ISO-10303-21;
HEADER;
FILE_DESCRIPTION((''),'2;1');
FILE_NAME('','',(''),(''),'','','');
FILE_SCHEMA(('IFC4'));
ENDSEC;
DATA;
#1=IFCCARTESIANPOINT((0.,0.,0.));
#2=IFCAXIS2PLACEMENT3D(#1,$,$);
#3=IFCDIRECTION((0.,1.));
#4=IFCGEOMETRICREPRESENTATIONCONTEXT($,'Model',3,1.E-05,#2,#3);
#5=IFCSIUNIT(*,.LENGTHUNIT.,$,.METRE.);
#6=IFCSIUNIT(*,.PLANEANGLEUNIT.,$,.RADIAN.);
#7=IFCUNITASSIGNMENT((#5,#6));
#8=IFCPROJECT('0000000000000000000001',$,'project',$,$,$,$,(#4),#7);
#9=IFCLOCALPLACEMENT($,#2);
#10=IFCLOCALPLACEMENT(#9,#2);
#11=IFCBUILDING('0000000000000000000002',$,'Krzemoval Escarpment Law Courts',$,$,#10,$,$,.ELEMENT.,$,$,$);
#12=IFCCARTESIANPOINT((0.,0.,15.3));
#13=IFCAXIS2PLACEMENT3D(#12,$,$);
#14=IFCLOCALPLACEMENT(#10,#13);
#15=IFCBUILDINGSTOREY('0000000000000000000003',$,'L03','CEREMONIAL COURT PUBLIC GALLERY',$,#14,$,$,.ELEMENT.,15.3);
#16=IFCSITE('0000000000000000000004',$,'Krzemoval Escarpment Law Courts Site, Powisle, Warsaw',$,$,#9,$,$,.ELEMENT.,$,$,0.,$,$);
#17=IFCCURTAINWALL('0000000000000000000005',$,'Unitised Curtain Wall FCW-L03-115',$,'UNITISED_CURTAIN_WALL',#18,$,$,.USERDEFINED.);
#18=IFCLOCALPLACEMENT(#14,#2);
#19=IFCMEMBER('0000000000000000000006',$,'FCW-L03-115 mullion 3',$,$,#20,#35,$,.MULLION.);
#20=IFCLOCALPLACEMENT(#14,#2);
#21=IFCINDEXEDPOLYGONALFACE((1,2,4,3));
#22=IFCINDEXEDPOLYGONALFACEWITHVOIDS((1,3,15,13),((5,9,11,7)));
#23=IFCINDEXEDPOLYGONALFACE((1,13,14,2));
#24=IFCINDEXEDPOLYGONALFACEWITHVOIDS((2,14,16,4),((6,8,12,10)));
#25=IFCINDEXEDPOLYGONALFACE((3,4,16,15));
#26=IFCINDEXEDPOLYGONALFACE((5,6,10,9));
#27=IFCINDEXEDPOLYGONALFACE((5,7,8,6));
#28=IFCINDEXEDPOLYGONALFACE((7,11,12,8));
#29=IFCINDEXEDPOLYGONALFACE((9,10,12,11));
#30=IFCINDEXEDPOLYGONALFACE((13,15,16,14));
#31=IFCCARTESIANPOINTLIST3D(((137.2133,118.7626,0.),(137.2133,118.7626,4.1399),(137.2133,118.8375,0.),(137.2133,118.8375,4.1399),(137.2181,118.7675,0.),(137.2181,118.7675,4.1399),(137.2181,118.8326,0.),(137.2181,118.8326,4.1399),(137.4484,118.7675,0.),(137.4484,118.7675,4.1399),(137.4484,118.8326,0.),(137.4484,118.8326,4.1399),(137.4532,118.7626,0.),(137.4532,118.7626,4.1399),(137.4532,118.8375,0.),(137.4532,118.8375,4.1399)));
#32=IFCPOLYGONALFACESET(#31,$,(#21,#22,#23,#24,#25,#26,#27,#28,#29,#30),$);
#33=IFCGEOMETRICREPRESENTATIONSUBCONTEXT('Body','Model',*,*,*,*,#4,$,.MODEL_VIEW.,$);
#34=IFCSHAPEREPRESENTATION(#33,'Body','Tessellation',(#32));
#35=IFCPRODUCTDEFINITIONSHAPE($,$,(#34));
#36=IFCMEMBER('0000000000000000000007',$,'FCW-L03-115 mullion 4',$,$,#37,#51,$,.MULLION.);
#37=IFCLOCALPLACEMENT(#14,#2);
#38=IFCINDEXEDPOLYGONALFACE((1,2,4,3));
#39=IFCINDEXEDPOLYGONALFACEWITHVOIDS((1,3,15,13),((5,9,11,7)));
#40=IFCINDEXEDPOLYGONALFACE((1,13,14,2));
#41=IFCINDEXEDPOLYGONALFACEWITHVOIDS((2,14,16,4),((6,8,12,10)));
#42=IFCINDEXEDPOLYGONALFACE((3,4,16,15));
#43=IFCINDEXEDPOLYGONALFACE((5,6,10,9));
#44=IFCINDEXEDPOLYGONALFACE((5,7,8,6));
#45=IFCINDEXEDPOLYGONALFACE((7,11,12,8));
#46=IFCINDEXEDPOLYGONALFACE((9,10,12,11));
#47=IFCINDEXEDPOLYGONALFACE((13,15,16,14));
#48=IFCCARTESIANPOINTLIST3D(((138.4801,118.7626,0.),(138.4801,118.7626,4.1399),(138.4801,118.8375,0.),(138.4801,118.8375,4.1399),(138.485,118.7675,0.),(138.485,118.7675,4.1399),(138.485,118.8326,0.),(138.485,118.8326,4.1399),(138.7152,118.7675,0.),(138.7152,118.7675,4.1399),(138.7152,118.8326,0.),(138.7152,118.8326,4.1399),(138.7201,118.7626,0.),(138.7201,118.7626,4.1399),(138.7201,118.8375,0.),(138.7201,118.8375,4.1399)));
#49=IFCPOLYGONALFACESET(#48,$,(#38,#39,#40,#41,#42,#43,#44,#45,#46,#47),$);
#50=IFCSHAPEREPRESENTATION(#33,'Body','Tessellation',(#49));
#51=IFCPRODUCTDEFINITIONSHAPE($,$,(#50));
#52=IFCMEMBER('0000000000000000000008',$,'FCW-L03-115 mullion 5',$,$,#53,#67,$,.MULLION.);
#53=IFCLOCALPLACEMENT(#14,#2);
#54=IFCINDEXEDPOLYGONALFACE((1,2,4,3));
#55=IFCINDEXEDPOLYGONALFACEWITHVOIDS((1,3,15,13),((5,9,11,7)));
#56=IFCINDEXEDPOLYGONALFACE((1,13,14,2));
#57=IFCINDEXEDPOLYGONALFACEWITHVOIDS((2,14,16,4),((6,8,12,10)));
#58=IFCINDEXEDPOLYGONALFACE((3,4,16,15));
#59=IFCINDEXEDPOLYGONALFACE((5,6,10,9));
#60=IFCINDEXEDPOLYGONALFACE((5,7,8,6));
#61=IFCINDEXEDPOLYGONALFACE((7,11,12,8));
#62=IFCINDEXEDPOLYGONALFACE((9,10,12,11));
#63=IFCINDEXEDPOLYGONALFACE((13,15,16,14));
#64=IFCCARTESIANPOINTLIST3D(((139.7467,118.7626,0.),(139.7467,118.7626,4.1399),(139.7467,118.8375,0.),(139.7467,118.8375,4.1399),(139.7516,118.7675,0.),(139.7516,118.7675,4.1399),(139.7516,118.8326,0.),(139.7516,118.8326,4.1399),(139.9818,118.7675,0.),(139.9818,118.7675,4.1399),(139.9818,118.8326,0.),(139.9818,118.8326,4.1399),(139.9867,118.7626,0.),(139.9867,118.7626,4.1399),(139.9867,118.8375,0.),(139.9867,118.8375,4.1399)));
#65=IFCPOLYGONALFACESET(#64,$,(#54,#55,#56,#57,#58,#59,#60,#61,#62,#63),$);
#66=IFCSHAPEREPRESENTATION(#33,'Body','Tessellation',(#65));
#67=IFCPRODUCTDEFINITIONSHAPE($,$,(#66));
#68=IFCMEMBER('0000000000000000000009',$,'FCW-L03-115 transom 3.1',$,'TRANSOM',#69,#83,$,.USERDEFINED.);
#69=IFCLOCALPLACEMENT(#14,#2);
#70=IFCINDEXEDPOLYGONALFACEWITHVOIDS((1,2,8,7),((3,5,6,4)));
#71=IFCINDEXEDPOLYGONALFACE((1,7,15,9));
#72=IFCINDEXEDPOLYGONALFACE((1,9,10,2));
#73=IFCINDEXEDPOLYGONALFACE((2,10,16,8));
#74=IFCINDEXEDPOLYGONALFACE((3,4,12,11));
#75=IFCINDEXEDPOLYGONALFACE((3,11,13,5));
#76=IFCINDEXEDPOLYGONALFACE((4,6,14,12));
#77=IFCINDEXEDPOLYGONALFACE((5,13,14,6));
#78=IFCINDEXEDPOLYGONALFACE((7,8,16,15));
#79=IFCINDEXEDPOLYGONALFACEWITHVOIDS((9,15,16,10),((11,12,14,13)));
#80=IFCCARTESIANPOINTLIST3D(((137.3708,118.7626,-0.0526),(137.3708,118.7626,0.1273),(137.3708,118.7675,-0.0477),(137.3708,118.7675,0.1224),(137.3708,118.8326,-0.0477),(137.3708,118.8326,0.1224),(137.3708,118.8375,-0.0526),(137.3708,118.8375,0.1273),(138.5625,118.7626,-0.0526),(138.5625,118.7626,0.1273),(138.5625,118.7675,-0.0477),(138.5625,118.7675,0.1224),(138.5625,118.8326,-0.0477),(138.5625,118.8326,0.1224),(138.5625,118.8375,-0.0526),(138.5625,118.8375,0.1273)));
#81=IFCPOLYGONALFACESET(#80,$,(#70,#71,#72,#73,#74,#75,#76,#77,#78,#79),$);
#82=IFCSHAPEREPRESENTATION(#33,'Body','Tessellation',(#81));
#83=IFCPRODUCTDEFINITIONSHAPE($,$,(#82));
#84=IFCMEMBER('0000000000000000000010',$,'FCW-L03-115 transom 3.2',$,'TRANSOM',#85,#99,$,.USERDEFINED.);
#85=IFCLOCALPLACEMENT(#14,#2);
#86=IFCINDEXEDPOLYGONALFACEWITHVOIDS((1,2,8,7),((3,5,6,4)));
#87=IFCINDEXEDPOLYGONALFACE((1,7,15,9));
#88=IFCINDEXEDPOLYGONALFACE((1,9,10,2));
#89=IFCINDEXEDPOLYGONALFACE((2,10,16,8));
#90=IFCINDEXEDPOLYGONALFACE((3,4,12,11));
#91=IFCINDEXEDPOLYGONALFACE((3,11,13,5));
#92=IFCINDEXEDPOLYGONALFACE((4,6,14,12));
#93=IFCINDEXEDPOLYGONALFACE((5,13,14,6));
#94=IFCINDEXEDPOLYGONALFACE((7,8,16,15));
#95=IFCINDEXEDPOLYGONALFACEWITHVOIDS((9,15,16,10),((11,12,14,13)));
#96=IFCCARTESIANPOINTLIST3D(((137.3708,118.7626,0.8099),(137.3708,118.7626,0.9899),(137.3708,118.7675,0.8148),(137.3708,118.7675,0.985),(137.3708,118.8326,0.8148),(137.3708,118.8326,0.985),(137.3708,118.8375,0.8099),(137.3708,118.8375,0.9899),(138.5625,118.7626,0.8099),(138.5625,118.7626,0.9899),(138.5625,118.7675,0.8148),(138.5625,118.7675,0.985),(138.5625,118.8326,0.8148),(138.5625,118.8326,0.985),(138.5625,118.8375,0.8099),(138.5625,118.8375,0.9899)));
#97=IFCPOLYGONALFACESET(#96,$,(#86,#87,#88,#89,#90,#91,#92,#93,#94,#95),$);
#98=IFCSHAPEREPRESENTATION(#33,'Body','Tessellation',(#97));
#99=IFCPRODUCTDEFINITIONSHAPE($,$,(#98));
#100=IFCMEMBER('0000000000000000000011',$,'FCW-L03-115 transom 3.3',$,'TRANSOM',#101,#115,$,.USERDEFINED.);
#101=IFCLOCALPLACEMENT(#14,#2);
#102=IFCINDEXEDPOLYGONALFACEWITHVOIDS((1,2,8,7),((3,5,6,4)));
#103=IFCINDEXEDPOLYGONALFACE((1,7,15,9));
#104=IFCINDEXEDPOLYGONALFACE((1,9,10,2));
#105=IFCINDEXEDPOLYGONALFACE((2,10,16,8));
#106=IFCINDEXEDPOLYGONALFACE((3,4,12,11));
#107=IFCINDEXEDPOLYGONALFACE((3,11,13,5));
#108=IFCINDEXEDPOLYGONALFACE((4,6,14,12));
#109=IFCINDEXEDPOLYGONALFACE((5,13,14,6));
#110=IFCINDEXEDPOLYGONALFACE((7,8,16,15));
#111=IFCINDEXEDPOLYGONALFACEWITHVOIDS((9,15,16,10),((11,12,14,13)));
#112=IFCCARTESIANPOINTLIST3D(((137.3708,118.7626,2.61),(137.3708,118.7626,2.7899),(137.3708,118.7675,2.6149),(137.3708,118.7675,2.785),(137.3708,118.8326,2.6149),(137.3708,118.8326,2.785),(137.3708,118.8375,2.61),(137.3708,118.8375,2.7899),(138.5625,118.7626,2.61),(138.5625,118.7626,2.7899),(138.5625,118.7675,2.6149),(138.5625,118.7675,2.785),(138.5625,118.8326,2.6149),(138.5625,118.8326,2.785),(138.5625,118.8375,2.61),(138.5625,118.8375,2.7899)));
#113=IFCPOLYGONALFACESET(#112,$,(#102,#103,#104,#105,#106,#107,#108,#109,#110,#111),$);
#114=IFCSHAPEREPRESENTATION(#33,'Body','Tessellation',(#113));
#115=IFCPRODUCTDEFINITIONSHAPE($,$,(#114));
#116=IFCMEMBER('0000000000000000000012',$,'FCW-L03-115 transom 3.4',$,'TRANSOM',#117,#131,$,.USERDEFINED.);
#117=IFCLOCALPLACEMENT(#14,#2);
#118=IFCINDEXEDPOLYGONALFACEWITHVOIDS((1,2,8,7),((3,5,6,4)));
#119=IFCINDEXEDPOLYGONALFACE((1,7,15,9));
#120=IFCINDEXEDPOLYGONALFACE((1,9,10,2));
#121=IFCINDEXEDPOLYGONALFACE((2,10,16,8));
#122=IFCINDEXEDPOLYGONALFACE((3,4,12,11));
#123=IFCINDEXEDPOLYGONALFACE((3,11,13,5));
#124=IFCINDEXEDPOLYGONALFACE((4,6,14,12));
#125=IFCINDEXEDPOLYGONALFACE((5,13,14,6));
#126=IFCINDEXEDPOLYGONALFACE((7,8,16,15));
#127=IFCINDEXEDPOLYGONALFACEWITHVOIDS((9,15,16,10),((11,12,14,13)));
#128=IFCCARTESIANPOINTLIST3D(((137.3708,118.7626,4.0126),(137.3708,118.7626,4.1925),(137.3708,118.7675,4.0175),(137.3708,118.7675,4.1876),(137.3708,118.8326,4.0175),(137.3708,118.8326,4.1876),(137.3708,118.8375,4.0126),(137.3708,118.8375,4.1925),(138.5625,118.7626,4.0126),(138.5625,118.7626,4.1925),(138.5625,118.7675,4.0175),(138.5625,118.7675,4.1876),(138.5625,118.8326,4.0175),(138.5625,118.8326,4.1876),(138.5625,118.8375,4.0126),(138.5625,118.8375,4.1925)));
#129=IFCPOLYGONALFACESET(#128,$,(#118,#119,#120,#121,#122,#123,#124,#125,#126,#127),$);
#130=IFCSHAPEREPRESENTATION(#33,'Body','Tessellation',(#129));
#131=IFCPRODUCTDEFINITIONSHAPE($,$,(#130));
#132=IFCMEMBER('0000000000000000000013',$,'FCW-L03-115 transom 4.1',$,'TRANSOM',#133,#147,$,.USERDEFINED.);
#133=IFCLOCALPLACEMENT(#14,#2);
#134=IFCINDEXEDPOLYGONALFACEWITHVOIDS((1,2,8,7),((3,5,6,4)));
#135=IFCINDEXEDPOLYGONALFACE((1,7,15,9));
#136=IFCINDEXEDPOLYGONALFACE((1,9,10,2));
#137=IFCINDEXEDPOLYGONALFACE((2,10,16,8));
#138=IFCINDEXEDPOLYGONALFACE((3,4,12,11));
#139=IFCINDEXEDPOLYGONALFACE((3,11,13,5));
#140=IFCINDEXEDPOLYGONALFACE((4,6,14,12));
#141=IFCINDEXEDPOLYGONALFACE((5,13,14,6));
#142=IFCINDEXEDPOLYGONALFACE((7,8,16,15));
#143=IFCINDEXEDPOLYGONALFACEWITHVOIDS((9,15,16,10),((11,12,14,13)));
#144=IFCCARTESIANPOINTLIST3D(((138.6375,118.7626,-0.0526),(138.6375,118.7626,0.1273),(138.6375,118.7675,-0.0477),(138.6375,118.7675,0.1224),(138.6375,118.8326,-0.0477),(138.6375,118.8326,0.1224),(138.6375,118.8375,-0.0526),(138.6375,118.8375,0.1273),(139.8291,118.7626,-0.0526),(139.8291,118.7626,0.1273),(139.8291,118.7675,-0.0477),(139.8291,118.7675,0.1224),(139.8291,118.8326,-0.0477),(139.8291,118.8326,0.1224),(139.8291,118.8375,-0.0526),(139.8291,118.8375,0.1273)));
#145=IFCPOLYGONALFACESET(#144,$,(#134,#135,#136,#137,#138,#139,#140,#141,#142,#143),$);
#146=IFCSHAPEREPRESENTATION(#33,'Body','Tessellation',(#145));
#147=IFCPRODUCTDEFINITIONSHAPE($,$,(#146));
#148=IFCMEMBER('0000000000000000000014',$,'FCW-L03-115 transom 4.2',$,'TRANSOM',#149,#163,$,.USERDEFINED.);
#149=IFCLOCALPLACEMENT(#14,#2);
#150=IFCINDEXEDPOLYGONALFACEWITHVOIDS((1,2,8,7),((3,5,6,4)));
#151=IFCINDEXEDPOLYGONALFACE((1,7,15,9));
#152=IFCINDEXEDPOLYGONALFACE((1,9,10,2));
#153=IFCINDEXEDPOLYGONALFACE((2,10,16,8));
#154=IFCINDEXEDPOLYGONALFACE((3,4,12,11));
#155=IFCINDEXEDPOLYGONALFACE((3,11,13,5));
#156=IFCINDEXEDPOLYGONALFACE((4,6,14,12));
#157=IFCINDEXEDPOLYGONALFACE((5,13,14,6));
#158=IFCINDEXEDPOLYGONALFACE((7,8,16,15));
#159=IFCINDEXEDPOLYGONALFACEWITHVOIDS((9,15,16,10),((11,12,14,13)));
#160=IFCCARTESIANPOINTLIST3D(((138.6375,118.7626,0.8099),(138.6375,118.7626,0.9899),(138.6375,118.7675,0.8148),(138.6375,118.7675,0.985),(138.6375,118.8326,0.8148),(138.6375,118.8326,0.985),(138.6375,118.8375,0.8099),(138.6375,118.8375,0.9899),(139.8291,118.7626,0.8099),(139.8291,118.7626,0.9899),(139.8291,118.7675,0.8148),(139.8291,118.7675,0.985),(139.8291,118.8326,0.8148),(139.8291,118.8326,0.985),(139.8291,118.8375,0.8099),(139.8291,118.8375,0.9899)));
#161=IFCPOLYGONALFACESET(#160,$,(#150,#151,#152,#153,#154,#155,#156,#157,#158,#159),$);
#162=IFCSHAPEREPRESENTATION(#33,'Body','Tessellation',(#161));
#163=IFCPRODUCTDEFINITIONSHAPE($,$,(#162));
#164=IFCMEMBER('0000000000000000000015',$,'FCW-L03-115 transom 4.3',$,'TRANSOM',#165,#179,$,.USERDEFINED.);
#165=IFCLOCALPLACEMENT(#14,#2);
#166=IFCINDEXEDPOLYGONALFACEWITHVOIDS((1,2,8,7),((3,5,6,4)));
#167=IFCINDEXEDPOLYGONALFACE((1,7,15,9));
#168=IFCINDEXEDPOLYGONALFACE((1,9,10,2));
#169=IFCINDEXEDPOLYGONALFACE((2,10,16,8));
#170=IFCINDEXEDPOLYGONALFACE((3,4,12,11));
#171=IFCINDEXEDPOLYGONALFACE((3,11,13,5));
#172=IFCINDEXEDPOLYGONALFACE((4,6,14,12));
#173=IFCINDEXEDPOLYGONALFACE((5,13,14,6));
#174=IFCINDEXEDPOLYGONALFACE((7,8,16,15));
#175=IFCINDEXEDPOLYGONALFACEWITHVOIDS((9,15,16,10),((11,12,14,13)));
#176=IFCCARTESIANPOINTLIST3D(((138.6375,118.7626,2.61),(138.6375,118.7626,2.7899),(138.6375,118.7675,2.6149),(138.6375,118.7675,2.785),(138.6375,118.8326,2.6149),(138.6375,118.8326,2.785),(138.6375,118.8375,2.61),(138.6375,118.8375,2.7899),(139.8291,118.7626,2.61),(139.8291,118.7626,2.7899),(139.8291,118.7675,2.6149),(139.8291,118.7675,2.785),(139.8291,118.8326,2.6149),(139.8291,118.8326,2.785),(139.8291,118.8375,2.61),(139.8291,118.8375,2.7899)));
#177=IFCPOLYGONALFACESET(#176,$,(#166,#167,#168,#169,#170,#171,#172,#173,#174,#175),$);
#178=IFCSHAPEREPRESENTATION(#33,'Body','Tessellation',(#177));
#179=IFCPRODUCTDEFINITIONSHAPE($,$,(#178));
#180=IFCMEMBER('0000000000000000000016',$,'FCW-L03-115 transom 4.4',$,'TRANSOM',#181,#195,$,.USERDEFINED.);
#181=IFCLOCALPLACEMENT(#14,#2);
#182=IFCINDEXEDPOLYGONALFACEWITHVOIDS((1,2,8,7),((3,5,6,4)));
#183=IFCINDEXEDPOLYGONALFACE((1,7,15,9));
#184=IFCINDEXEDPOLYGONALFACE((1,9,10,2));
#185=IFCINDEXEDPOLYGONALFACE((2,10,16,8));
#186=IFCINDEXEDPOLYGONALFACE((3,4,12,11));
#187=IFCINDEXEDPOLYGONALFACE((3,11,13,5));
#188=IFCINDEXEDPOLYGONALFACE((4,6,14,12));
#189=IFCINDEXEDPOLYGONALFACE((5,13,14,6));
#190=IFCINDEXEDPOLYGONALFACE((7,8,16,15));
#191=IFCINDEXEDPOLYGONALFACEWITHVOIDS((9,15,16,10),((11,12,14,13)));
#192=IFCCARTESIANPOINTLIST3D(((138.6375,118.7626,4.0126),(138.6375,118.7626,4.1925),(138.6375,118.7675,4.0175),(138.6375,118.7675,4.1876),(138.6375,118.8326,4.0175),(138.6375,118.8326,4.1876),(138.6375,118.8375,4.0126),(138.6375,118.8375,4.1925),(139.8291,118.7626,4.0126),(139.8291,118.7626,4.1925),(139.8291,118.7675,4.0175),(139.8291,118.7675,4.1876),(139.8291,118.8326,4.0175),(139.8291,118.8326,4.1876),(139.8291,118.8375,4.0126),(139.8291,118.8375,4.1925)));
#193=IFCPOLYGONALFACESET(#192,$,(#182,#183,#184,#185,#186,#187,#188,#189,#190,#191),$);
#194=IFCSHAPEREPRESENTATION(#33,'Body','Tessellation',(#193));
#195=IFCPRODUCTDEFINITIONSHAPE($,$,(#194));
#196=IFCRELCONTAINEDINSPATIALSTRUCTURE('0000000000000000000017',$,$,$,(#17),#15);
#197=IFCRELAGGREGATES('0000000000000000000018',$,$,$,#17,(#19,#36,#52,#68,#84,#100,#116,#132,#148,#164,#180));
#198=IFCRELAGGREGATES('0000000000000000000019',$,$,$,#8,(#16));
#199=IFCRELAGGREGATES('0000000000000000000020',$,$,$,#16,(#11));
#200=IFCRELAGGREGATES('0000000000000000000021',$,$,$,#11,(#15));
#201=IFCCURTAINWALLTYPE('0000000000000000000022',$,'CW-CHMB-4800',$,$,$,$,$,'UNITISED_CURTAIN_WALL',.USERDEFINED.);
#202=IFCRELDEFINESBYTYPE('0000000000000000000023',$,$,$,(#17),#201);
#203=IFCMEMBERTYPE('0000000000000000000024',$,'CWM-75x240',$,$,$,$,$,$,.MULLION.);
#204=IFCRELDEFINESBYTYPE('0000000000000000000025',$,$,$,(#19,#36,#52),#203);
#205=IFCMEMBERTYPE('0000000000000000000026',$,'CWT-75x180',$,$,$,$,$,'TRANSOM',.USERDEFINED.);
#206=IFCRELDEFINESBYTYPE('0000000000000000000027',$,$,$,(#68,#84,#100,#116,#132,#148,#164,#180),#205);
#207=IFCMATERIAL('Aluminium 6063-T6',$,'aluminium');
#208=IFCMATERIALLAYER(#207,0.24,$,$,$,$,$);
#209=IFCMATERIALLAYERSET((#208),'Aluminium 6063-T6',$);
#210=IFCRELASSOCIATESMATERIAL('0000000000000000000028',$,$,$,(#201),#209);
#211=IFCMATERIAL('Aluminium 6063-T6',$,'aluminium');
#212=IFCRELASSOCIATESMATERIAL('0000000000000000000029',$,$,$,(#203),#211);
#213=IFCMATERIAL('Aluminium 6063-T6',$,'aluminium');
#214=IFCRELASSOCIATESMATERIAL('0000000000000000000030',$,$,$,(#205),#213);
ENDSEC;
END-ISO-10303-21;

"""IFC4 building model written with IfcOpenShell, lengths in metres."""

from ifc_helpers import new_model, si_unit, direction, frame, origin, origin_2d, place, context, subcontext, project, spatial, hollow_rectangle, extrude, material, layer, layer_set, material_profile, profile_set, type_object, element, aggregate, save


model = new_model("IFC4")

# Units and contexts
model_context = context("Model", 3, precision=1e-05, world=origin(), true_north=direction((0.0, 1.0)))
body_context = subcontext(model_context, "Body", "Model", "MODEL_VIEW")
ifc_project = project(units=[si_unit("LENGTHUNIT", "METRE"), si_unit("PLANEANGLEUNIT", "RADIAN")], contexts=[model_context])

# Site, building, storey
site_placement = place(None, origin())
site = spatial("IfcSite", under=ifc_project, at=site_placement, Name="Krzemoval Escarpment Law Courts Site, Powisle, Warsaw", CompositionType="ELEMENT", RefElevation=0.0)
building_placement = place(site_placement, origin())
building = spatial("IfcBuilding", under=site, at=building_placement, Name="Krzemoval Escarpment Law Courts", CompositionType="ELEMENT")
storey_placement = place(building_placement, frame((0.0, 0.0, 15.3)))
storey = spatial("IfcBuildingStorey", under=building, at=storey_placement, Name="L03", Description="CEREMONIAL COURT PUBLIC GALLERY", CompositionType="ELEMENT", Elevation=15.3)

# Curtain wall, members
ifc_material_1 = material(Name="Aluminium 6063-T6", Category="aluminium")
ifc_layer_1 = layer(ifc_material_1, 0.24)
ifc_layer_set_1 = layer_set([ifc_layer_1], Name="Aluminium 6063-T6")
curtain_wall_type = type_object("IfcCurtainWallType", Name="CW-CHMB-4800", ElementType="UNITISED_CURTAIN_WALL", PredefinedType="USERDEFINED", material=ifc_layer_set_1)
curtain_wall_placement = place(storey_placement, origin())
curtain_wall = element("IfcCurtainWall", 1, at=curtain_wall_placement, inside=storey, type_object=curtain_wall_type, Name="Unitised Curtain Wall FCW-L03-115", ObjectType="UNITISED_CURTAIN_WALL", PredefinedType="USERDEFINED")
ifc_material_2 = material(Name="Aluminium 6063-T6", Category="aluminium")
ifc_material_profile_1 = material_profile(ifc_material_2, hollow_rectangle(XDim=0.075, YDim=0.24, WallThickness=0.0049, at=origin_2d()), Name="ALU M75x240")
ifc_profile_set_1 = profile_set([ifc_material_profile_1], Name="Aluminium 6063-T6")
member_type_1 = type_object("IfcMemberType", Name="CWM-75x240", PredefinedType="MULLION", material=ifc_profile_set_1)
member_1_placement = place(storey_placement, frame((137.3333, 118.8, 0.0), z_axis=(0.0, 0.0, 1.0), x_axis=(0.0, 1.0, 0.0)))
member_1 = element("IfcMember", 2, at=member_1_placement, type_object=member_type_1, Name="FCW-L03-115 mullion 3", PredefinedType="MULLION", context=body_context, shape_type="SweptSolid", body=[
    extrude(hollow_rectangle(XDim=0.075, YDim=0.24, WallThickness=0.0049, at=origin_2d()), origin(), (0.0, 0.0, 1.0), 4.1399),
])
member_2_placement = place(storey_placement, frame((138.6001, 118.8, 0.0), z_axis=(0.0, 0.0, 1.0), x_axis=(0.0, 1.0, 0.0)))
member_2 = element("IfcMember", 3, at=member_2_placement, type_object=member_type_1, Name="FCW-L03-115 mullion 4", PredefinedType="MULLION", context=body_context, shape_type="SweptSolid", body=[
    extrude(hollow_rectangle(XDim=0.075, YDim=0.24, WallThickness=0.0049, at=origin_2d()), origin(), (0.0, 0.0, 1.0), 4.1399),
])
member_3_placement = place(storey_placement, frame((139.8667, 118.8, 0.0), z_axis=(0.0, 0.0, 1.0), x_axis=(0.0, 1.0, 0.0)))
member_3 = element("IfcMember", 4, at=member_3_placement, type_object=member_type_1, Name="FCW-L03-115 mullion 5", PredefinedType="MULLION", context=body_context, shape_type="SweptSolid", body=[
    extrude(hollow_rectangle(XDim=0.075, YDim=0.24, WallThickness=0.0049, at=origin_2d()), origin(), (0.0, 0.0, 1.0), 4.1399),
])
ifc_material_3 = material(Name="Aluminium 6063-T6", Category="aluminium")
ifc_material_profile_2 = material_profile(ifc_material_3, hollow_rectangle(XDim=0.075, YDim=0.1799, WallThickness=0.0049, at=origin_2d()), Name="ALU T75x180")
ifc_profile_set_2 = profile_set([ifc_material_profile_2], Name="Aluminium 6063-T6")
member_type_2 = type_object("IfcMemberType", Name="CWT-75x180", ElementType="TRANSOM", PredefinedType="USERDEFINED", material=ifc_profile_set_2)
member_4_placement = place(storey_placement, frame((137.3708, 118.8, 0.0374), z_axis=(1.0, 0.0, 0.0), x_axis=(0.0, 1.0, 0.0)))
member_4 = element("IfcMember", 5, at=member_4_placement, type_object=member_type_2, Name="FCW-L03-115 transom 3.1", ObjectType="TRANSOM", PredefinedType="USERDEFINED", context=body_context, shape_type="SweptSolid", body=[
    extrude(hollow_rectangle(XDim=0.075, YDim=0.1799, WallThickness=0.0049, at=origin_2d()), origin(), (0.0, 0.0, 1.0), 1.1917),
])
member_5_placement = place(storey_placement, frame((137.3708, 118.8, 0.8999), z_axis=(1.0, 0.0, 0.0), x_axis=(0.0, 1.0, 0.0)))
member_5 = element("IfcMember", 6, at=member_5_placement, type_object=member_type_2, Name="FCW-L03-115 transom 3.2", ObjectType="TRANSOM", PredefinedType="USERDEFINED", context=body_context, shape_type="SweptSolid", body=[
    extrude(hollow_rectangle(XDim=0.075, YDim=0.1799, WallThickness=0.0049, at=origin_2d()), origin(), (0.0, 0.0, 1.0), 1.1917),
])
member_6_placement = place(storey_placement, frame((137.3708, 118.8, 2.7), z_axis=(1.0, 0.0, 0.0), x_axis=(0.0, 1.0, 0.0)))
member_6 = element("IfcMember", 7, at=member_6_placement, type_object=member_type_2, Name="FCW-L03-115 transom 3.3", ObjectType="TRANSOM", PredefinedType="USERDEFINED", context=body_context, shape_type="SweptSolid", body=[
    extrude(hollow_rectangle(XDim=0.075, YDim=0.1799, WallThickness=0.0049, at=origin_2d()), origin(), (0.0, 0.0, 1.0), 1.1917),
])
member_7_placement = place(storey_placement, frame((137.3708, 118.8, 4.1025), z_axis=(1.0, 0.0, 0.0), x_axis=(0.0, 1.0, 0.0)))
member_7 = element("IfcMember", 8, at=member_7_placement, type_object=member_type_2, Name="FCW-L03-115 transom 3.4", ObjectType="TRANSOM", PredefinedType="USERDEFINED", context=body_context, shape_type="SweptSolid", body=[
    extrude(hollow_rectangle(XDim=0.075, YDim=0.1799, WallThickness=0.0049, at=origin_2d()), origin(), (0.0, 0.0, 1.0), 1.1917),
])
member_8_placement = place(storey_placement, frame((138.6375, 118.8, 0.0374), z_axis=(1.0, 0.0, 0.0), x_axis=(0.0, 1.0, 0.0)))
member_8 = element("IfcMember", 9, at=member_8_placement, type_object=member_type_2, Name="FCW-L03-115 transom 4.1", ObjectType="TRANSOM", PredefinedType="USERDEFINED", context=body_context, shape_type="SweptSolid", body=[
    extrude(hollow_rectangle(XDim=0.075, YDim=0.1799, WallThickness=0.0049, at=origin_2d()), origin(), (0.0, 0.0, 1.0), 1.1917),
])
member_9_placement = place(storey_placement, frame((138.6375, 118.8, 0.8999), z_axis=(1.0, 0.0, 0.0), x_axis=(0.0, 1.0, 0.0)))
member_9 = element("IfcMember", 10, at=member_9_placement, type_object=member_type_2, Name="FCW-L03-115 transom 4.2", ObjectType="TRANSOM", PredefinedType="USERDEFINED", context=body_context, shape_type="SweptSolid", body=[
    extrude(hollow_rectangle(XDim=0.075, YDim=0.1799, WallThickness=0.0049, at=origin_2d()), origin(), (0.0, 0.0, 1.0), 1.1917),
])
member_10_placement = place(storey_placement, frame((138.6375, 118.8, 2.7), z_axis=(1.0, 0.0, 0.0), x_axis=(0.0, 1.0, 0.0)))
member_10 = element("IfcMember", 11, at=member_10_placement, type_object=member_type_2, Name="FCW-L03-115 transom 4.3", ObjectType="TRANSOM", PredefinedType="USERDEFINED", context=body_context, shape_type="SweptSolid", body=[
    extrude(hollow_rectangle(XDim=0.075, YDim=0.1799, WallThickness=0.0049, at=origin_2d()), origin(), (0.0, 0.0, 1.0), 1.1917),
])
member_11_placement = place(storey_placement, frame((138.6375, 118.8, 4.1025), z_axis=(1.0, 0.0, 0.0), x_axis=(0.0, 1.0, 0.0)))
member_11 = element("IfcMember", 12, at=member_11_placement, type_object=member_type_2, Name="FCW-L03-115 transom 4.4", ObjectType="TRANSOM", PredefinedType="USERDEFINED", context=body_context, shape_type="SweptSolid", body=[
    extrude(hollow_rectangle(XDim=0.075, YDim=0.1799, WallThickness=0.0049, at=origin_2d()), origin(), (0.0, 0.0, 1.0), 1.1917),
])
aggregate(curtain_wall, [member_1, member_2, member_3, member_4, member_5, member_6, member_7, member_8, member_9, member_10, member_11])

save(model, "model.ifc")
